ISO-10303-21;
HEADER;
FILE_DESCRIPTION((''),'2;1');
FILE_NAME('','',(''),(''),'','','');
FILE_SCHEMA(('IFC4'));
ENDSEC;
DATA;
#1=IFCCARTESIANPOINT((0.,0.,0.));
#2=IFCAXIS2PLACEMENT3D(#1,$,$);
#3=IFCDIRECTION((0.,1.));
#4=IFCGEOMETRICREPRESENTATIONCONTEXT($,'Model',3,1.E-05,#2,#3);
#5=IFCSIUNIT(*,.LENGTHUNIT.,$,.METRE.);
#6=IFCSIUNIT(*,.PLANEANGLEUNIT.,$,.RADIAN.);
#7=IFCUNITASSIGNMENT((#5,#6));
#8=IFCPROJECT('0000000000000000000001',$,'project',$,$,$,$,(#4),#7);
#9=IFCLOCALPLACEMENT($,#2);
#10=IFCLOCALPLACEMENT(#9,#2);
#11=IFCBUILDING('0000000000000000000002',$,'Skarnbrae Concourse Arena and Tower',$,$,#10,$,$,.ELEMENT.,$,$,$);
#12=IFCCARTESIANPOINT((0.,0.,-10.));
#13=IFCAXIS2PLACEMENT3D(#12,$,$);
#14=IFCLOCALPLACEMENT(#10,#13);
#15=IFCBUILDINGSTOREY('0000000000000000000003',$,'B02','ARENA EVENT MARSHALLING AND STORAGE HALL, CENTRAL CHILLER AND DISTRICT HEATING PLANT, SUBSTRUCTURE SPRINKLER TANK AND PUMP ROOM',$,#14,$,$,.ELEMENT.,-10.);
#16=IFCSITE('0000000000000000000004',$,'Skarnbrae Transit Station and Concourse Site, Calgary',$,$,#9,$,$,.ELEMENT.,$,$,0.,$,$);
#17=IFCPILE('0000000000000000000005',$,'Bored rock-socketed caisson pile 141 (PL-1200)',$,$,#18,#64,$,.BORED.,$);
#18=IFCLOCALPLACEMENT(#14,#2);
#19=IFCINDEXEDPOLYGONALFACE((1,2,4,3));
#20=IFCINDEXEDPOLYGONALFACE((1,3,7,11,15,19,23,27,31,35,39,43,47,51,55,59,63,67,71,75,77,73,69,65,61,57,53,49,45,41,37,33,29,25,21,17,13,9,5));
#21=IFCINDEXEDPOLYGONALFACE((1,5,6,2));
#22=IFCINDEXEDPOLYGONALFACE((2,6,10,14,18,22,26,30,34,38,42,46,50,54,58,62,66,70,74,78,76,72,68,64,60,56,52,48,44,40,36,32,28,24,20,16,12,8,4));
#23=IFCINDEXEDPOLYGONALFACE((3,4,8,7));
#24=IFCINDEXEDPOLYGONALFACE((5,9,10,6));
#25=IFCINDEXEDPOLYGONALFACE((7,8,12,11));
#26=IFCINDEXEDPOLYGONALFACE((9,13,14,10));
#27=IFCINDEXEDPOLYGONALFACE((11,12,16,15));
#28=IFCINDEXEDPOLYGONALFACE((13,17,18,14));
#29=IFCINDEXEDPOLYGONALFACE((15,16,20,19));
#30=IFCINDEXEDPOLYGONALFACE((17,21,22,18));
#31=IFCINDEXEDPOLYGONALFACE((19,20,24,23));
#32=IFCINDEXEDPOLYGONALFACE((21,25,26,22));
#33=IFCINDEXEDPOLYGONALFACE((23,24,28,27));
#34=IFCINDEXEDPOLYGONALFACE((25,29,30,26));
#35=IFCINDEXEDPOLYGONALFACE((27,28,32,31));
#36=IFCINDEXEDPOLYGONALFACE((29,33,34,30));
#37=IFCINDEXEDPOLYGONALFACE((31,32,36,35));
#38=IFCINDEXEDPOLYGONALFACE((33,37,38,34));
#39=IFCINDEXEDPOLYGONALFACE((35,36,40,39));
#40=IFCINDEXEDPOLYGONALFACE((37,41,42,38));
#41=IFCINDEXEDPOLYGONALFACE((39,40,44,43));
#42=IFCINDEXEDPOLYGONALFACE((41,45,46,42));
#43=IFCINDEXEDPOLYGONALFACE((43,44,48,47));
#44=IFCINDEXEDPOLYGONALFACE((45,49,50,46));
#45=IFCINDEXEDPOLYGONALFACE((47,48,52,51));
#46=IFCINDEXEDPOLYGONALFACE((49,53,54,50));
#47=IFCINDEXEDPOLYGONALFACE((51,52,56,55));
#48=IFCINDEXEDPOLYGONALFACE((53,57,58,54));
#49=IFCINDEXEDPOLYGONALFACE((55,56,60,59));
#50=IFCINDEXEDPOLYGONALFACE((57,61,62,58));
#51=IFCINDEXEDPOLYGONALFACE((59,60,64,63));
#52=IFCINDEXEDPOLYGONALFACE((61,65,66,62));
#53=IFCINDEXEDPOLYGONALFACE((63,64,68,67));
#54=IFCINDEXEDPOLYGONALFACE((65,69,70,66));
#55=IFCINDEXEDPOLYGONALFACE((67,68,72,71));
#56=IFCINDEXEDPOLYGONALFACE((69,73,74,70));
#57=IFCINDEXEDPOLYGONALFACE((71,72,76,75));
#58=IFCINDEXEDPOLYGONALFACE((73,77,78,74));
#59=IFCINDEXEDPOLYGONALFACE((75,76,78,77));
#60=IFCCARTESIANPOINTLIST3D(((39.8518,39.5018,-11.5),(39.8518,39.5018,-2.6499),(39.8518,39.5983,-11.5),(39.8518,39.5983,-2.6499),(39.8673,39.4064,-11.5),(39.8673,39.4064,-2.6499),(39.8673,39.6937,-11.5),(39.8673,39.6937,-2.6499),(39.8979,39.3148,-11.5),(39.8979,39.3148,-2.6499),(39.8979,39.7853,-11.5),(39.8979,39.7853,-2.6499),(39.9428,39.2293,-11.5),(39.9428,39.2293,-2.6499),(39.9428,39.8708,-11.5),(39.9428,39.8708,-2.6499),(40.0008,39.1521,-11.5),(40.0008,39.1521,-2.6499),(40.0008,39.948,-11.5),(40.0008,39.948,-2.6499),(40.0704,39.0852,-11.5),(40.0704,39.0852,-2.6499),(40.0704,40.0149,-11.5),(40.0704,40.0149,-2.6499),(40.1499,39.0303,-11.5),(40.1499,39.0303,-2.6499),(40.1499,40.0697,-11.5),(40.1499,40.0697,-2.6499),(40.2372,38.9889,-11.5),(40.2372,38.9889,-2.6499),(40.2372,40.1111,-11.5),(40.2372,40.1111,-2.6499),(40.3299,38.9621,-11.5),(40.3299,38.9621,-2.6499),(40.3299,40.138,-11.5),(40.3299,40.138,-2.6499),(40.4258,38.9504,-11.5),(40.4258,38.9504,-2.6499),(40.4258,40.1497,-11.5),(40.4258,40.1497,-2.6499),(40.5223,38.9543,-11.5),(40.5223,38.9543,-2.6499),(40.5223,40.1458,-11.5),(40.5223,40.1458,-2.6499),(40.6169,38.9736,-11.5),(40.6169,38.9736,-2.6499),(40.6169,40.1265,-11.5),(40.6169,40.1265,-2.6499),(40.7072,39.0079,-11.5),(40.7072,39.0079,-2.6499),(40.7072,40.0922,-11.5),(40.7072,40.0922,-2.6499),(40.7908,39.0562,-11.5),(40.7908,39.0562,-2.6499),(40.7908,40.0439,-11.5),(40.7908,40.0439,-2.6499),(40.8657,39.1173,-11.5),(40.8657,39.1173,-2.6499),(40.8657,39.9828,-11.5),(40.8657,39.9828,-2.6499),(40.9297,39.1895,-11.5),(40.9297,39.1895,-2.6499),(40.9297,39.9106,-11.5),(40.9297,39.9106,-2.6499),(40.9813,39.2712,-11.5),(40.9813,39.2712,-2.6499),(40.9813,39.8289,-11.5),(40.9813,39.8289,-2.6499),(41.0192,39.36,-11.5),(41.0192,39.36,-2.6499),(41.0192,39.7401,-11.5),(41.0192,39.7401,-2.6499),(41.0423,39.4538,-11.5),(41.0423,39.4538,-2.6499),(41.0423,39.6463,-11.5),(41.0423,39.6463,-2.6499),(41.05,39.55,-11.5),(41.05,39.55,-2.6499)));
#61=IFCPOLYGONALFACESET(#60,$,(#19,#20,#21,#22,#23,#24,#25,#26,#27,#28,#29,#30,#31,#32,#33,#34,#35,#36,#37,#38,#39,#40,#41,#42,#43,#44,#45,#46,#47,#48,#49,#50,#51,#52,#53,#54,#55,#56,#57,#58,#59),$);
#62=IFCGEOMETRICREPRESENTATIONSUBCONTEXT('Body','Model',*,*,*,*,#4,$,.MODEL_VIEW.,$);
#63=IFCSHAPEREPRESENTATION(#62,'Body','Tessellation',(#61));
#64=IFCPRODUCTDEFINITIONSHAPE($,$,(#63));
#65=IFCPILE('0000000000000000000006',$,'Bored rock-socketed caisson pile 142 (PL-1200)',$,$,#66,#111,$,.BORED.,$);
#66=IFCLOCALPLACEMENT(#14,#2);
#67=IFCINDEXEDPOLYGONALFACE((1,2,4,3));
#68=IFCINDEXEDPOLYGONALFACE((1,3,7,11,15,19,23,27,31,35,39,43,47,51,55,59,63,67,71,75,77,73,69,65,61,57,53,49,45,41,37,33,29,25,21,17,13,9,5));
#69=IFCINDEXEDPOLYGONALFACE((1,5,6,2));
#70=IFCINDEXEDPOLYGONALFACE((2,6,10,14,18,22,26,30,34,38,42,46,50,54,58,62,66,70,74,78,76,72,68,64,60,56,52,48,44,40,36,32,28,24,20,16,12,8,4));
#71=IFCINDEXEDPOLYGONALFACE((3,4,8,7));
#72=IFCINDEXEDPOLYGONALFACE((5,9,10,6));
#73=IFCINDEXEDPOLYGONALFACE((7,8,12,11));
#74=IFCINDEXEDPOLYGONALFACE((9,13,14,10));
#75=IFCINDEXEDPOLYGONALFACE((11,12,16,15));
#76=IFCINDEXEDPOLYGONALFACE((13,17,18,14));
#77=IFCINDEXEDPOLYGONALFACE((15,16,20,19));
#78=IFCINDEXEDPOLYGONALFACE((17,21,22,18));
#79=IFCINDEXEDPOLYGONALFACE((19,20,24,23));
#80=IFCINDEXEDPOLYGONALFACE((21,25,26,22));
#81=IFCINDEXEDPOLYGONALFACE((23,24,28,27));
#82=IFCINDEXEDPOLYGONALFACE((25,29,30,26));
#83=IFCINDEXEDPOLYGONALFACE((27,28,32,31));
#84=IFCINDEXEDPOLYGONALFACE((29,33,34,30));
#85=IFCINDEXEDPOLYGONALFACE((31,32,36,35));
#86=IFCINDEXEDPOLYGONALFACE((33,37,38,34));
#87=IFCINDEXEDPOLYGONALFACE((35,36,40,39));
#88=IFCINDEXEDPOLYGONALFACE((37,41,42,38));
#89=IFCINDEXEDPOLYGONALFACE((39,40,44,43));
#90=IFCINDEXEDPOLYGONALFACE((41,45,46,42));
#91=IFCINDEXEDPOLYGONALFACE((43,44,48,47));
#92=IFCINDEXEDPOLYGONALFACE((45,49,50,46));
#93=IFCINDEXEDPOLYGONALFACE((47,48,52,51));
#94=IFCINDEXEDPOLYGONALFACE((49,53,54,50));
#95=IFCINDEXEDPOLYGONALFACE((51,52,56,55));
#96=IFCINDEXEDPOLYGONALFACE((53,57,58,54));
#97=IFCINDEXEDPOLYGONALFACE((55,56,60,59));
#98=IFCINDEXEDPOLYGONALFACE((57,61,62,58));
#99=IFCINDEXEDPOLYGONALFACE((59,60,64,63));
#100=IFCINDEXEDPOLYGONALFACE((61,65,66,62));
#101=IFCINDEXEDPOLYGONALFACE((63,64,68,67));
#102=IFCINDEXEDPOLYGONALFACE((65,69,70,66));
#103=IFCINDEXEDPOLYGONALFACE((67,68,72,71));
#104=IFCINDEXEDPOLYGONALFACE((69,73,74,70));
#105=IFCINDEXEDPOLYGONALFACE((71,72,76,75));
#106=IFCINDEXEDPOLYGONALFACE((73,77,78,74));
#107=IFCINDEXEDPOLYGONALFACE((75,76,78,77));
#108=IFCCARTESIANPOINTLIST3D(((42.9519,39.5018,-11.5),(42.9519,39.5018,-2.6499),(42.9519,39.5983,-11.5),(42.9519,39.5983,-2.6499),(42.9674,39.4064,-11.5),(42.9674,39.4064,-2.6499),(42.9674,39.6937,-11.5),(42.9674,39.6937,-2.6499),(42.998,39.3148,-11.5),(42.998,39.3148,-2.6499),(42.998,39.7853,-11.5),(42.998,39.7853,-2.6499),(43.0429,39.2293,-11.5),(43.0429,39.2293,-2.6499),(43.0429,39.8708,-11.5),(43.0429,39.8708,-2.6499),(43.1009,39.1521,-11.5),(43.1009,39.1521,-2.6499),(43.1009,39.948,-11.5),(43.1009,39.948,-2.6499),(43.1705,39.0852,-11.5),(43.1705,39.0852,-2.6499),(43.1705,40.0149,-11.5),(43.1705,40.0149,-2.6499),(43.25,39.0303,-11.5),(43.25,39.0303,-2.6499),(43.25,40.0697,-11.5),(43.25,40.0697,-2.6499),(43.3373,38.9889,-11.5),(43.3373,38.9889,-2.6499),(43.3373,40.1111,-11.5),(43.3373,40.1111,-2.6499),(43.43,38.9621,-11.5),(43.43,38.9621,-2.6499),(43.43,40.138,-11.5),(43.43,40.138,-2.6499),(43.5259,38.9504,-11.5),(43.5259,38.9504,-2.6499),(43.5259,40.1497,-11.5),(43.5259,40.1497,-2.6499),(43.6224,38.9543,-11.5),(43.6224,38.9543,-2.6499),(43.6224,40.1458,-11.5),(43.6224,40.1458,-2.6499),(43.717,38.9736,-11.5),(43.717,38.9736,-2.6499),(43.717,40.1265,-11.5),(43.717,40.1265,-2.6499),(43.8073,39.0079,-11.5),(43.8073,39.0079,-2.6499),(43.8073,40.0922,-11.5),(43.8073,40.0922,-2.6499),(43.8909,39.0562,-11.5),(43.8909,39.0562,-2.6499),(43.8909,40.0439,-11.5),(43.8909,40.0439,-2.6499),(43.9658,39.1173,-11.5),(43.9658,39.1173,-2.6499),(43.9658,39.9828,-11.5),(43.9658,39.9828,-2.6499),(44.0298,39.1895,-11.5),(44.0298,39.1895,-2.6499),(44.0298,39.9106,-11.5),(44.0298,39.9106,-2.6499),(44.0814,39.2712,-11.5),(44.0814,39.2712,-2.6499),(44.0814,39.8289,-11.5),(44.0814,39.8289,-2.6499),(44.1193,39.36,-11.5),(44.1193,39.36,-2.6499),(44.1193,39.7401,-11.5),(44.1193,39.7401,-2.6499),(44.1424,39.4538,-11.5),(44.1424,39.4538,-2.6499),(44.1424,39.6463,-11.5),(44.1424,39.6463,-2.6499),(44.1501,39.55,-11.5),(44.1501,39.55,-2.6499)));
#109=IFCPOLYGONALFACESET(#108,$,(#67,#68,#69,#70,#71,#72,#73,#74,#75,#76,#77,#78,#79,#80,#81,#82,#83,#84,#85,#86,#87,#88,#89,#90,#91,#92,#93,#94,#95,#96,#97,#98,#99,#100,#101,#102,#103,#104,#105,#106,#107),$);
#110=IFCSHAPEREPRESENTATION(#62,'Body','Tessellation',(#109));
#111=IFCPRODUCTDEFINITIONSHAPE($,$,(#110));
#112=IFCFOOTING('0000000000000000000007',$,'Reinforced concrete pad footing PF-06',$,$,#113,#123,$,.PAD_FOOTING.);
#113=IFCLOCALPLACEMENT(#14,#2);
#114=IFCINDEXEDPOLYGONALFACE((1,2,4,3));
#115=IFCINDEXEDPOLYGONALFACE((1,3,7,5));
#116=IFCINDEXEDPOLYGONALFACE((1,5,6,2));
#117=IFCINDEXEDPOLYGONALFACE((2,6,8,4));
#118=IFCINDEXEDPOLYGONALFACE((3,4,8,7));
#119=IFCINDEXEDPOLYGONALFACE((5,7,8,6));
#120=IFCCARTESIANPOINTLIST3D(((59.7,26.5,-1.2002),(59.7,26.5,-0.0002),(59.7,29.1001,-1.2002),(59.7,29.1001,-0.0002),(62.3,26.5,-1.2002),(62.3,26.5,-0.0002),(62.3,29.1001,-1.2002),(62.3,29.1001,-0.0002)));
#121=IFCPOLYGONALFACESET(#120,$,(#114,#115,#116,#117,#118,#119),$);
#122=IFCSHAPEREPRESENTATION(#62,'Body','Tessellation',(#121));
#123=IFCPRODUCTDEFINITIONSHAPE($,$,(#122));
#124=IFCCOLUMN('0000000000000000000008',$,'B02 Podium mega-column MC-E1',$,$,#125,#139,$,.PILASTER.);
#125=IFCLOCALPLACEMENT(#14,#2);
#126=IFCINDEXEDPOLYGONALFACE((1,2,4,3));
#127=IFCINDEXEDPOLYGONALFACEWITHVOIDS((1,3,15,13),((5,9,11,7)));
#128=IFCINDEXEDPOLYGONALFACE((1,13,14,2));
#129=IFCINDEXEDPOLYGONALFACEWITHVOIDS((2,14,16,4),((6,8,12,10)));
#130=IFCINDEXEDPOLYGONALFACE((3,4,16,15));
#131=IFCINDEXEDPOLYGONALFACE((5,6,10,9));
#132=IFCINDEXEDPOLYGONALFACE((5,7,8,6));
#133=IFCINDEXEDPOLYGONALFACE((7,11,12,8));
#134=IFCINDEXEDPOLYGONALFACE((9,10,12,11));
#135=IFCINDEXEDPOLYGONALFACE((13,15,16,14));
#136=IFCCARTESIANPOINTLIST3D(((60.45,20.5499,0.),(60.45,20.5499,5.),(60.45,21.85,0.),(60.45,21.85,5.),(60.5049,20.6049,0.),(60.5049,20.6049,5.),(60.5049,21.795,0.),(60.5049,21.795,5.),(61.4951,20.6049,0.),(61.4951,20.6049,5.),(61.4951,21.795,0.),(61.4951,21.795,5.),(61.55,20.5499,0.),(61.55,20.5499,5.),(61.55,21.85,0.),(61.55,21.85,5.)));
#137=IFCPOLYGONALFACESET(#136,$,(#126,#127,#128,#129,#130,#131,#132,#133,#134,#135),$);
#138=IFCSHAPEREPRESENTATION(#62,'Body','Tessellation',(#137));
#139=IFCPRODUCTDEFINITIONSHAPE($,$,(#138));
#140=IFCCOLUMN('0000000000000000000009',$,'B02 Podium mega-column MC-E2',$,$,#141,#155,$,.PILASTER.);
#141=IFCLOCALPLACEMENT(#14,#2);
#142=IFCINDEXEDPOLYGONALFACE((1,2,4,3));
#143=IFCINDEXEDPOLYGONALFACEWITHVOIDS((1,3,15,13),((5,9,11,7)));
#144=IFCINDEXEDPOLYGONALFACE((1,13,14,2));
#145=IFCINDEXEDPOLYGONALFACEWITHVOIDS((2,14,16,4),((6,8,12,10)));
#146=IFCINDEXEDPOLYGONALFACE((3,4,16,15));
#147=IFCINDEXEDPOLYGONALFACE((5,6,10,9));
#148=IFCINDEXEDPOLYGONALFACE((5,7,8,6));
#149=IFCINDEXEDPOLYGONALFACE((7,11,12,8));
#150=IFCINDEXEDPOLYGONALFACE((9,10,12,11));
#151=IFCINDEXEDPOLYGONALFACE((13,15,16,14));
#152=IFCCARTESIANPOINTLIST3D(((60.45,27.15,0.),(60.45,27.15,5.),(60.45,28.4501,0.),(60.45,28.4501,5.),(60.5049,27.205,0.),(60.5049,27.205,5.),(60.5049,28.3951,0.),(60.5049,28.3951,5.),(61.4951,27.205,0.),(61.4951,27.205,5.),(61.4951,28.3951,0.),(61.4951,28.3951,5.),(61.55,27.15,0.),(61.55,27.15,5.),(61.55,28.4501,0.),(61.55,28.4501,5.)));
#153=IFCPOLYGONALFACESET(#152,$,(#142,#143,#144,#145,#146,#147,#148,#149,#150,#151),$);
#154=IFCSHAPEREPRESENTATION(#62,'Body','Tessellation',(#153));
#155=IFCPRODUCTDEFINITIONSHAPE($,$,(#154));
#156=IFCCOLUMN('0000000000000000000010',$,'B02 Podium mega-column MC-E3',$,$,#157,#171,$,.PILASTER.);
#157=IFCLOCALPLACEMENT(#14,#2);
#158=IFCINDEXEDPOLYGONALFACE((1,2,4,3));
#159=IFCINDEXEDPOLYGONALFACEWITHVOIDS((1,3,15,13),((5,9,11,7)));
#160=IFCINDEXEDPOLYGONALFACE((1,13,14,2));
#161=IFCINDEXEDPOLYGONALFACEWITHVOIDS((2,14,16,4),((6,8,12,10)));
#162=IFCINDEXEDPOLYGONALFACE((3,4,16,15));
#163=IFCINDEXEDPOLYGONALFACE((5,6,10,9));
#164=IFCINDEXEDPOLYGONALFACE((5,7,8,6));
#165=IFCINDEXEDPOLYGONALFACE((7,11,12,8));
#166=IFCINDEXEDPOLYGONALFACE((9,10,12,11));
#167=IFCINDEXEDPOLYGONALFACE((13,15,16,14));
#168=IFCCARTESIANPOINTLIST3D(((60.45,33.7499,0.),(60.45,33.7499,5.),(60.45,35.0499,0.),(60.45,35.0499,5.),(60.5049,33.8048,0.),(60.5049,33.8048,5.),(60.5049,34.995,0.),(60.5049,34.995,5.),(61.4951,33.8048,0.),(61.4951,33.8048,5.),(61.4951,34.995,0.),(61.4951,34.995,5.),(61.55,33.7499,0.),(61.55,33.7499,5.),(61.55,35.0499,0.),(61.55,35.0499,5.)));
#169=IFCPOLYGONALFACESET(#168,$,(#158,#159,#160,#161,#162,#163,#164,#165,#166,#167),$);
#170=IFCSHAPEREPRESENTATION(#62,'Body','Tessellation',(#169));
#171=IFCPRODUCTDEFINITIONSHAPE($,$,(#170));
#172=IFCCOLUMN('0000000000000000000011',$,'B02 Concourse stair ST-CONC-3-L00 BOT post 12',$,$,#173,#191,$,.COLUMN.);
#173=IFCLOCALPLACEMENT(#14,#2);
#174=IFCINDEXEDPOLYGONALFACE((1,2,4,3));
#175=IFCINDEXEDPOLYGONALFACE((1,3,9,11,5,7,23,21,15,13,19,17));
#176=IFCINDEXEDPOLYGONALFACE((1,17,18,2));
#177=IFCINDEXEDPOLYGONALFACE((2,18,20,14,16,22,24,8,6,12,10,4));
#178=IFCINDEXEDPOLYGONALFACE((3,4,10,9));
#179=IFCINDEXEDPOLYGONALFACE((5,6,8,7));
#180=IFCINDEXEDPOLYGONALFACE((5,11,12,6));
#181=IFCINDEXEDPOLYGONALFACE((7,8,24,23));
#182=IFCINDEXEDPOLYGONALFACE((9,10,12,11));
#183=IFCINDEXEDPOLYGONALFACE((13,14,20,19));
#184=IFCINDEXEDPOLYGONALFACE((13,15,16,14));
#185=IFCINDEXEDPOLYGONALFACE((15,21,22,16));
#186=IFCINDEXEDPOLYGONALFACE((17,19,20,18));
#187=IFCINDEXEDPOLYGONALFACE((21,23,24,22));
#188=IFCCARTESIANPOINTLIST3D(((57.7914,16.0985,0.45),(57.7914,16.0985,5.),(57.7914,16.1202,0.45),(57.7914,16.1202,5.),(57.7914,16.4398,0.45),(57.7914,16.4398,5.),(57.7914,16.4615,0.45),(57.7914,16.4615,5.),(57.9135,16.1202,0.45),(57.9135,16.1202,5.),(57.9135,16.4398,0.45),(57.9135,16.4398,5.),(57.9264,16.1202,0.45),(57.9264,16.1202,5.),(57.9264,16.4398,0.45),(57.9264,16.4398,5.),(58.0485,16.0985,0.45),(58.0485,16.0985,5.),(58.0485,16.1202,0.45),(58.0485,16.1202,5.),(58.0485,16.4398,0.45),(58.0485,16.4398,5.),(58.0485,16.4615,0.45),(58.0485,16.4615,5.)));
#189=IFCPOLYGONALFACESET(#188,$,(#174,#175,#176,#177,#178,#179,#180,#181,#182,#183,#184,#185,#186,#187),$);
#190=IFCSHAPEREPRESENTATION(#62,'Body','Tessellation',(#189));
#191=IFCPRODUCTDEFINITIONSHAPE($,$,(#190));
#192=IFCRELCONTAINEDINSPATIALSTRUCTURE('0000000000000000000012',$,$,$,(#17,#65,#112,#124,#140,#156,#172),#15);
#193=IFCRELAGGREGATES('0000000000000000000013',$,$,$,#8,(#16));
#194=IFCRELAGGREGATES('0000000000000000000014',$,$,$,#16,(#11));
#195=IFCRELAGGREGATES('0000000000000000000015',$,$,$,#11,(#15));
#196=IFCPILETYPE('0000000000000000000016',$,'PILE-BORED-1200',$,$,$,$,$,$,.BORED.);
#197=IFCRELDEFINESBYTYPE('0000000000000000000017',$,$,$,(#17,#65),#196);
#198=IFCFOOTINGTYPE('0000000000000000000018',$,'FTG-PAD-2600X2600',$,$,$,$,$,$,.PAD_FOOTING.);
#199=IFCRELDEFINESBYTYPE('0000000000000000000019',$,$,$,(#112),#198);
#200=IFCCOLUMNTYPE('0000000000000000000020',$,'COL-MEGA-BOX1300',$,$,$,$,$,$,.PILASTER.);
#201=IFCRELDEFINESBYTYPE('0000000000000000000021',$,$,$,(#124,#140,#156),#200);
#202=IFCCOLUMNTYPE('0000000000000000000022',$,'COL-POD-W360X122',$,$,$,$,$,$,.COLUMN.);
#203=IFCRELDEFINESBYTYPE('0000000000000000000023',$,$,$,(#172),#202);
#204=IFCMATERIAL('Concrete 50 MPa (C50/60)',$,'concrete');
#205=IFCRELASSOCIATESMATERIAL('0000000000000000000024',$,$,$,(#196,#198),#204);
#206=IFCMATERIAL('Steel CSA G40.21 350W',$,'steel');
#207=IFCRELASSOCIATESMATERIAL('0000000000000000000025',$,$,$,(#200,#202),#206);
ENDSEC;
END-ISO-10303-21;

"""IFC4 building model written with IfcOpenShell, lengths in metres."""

from ifc_helpers import new_model, si_unit, direction, frame, origin, origin_2d, place, context, subcontext, project, spatial, rectangle, hollow_rectangle, circle, i_section, extrude, source, transform, mapped, material, material_profile, profile_set, type_object, element, save


model = new_model("IFC4")

# Units and contexts
model_context = context("Model", 3, precision=1e-05, world=origin(), true_north=direction((0.0, 1.0)))
body_context = subcontext(model_context, "Body", "Model", "MODEL_VIEW")
ifc_project = project(units=[si_unit("LENGTHUNIT", "METRE"), si_unit("PLANEANGLEUNIT", "RADIAN")], contexts=[model_context])

# Site, building, storey
site_placement = place(None, origin())
site = spatial("IfcSite", under=ifc_project, at=site_placement, Name="Skarnbrae Transit Station and Concourse Site, Calgary", CompositionType="ELEMENT", RefElevation=0.0)
building_placement = place(site_placement, origin())
building = spatial("IfcBuilding", under=site, at=building_placement, Name="Skarnbrae Concourse Arena and Tower", CompositionType="ELEMENT")
storey_placement = place(building_placement, frame((0.0, 0.0, -10.0)))
storey = spatial("IfcBuildingStorey", under=building, at=storey_placement, Name="B02", Description="ARENA EVENT MARSHALLING AND STORAGE HALL, CENTRAL CHILLER AND DISTRICT HEATING PLANT, SUBSTRUCTURE SPRINKLER TANK AND PUMP ROOM", CompositionType="ELEMENT", Elevation=-10.0)

# Shared definitions
ifc_material_1 = material(Name="Concrete 50 MPa (C50/60)", Category="concrete")

# Piles
ifc_material_profile_1 = material_profile(ifc_material_1, circle(Radius=0.6001, at=origin_2d()), Name="CAISSON-1200")
ifc_profile_set_1 = profile_set([ifc_material_profile_1], Name="Concrete 50 MPa (C50/60)")
pile_type_1 = type_object("IfcPileType", Name="PILE-BORED-1200", PredefinedType="BORED", material=ifc_profile_set_1)
shared_shape_1 = source(origin(), body_context, "Body", "SweptSolid", [
    extrude(circle(Radius=0.6001, at=origin_2d()), origin(), (0.0, 0.0, 1.0), 8.8501),
])
for number, where, z_axis, x_axis, name in (
    (1, (40.45, 39.55, -2.6499), (0.0, 0.0, -1.0), (1.0, 0.0, 0.0), "Bored rock-socketed caisson pile 141 (PL-1200)"),
    (2, (43.55, 39.55, -2.6499), (0.0, 0.0, -1.0), (1.0, 0.0, 0.0), "Bored rock-socketed caisson pile 142 (PL-1200)"),
):
    element("IfcPile", number, at=place(storey_placement, frame(where, z_axis=z_axis, x_axis=x_axis)), inside=storey, type_object=pile_type_1, Name=name, PredefinedType="BORED", context=body_context, shape_type="MappedRepresentation", body=[
        mapped(shared_shape_1, transform((0.0, 0.0, 0.0))),
    ])

# Footing
footing_type_1 = type_object("IfcFootingType", Name="FTG-PAD-2600X2600", PredefinedType="PAD_FOOTING", material=ifc_material_1)
shared_shape_2 = source(origin(), body_context, "Body", "SweptSolid", [
    extrude(rectangle(XDim=2.6001, YDim=2.6001, at=origin_2d()), origin(), (0.0, 0.0, 1.0), 1.2),
])
footing_placement = place(storey_placement, frame((61.0, 27.8, -1.2002), z_axis=(0.0, 0.0, 1.0), x_axis=(1.0, 0.0, 0.0)))
element("IfcFooting", 3, at=footing_placement, inside=storey, type_object=footing_type_1, Name="Reinforced concrete pad footing PF-06", PredefinedType="PAD_FOOTING", context=body_context, shape_type="MappedRepresentation", body=[
    mapped(shared_shape_2, transform((0.0, 0.0, 0.0))),
])

# Columns
ifc_material_2 = material(Name="Steel CSA G40.21 350W", Category="steel")
ifc_material_profile_2 = material_profile(ifc_material_2, hollow_rectangle(XDim=1.1001, YDim=1.3, WallThickness=0.0549, at=origin_2d()), Name="BOX1300X1100X55")
ifc_profile_set_2 = profile_set([ifc_material_profile_2], Name="Steel CSA G40.21 350W")
column_type_1 = type_object("IfcColumnType", Name="COL-MEGA-BOX1300", PredefinedType="PILASTER", material=ifc_profile_set_2)
shared_shape_3 = source(origin(), body_context, "Body", "SweptSolid", [
    extrude(hollow_rectangle(XDim=1.1001, YDim=1.3, WallThickness=0.0549, at=origin_2d()), origin(), (0.0, 0.0, 1.0), 5.0),
])
for number, where, z_axis, x_axis, name in (
    (4, (61.0, 21.2, 0.0), (0.0, 0.0, 1.0), (1.0, 0.0, 0.0), "B02 Podium mega-column MC-E1"),
    (5, (61.0, 27.8, 0.0), (0.0, 0.0, 1.0), (1.0, 0.0, 0.0), "B02 Podium mega-column MC-E2"),
    (6, (61.0, 34.3999, 0.0), (0.0, 0.0, 1.0), (1.0, 0.0, 0.0), "B02 Podium mega-column MC-E3"),
):
    element("IfcColumn", number, at=place(storey_placement, frame(where, z_axis=z_axis, x_axis=x_axis)), inside=storey, type_object=column_type_1, Name=name, PredefinedType="PILASTER", context=body_context, shape_type="MappedRepresentation", body=[
        mapped(shared_shape_3, transform((0.0, 0.0, 0.0))),
    ])
ifc_material_profile_3 = material_profile(ifc_material_2, i_section(OverallWidth=0.2571, OverallDepth=0.363, WebThickness=0.0129, FlangeThickness=0.0217, at=origin_2d()), Name="W360X122")
ifc_profile_set_3 = profile_set([ifc_material_profile_3], Name="Steel CSA G40.21 350W")
column_type_2 = type_object("IfcColumnType", Name="COL-POD-W360X122", PredefinedType="COLUMN", material=ifc_profile_set_3)
shared_shape_4 = source(origin(), body_context, "Body", "SweptSolid", [
    extrude(i_section(OverallWidth=0.2571, OverallDepth=0.363, WebThickness=0.0129, FlangeThickness=0.0217, at=origin_2d()), origin(), (0.0, 0.0, 1.0), 4.55),
])
for number, where, z_axis, x_axis, name in (
    (7, (57.9199, 16.28, 0.45), (0.0, 0.0, 1.0), (1.0, 0.0, 0.0), "B02 Concourse stair ST-CONC-3-L00 BOT post 12"),
):
    element("IfcColumn", number, at=place(storey_placement, frame(where, z_axis=z_axis, x_axis=x_axis)), inside=storey, type_object=column_type_2, Name=name, PredefinedType="COLUMN", context=body_context, shape_type="MappedRepresentation", body=[
        mapped(shared_shape_4, transform((0.0, 0.0, 0.0))),
    ])

save(model, "model.ifc")
